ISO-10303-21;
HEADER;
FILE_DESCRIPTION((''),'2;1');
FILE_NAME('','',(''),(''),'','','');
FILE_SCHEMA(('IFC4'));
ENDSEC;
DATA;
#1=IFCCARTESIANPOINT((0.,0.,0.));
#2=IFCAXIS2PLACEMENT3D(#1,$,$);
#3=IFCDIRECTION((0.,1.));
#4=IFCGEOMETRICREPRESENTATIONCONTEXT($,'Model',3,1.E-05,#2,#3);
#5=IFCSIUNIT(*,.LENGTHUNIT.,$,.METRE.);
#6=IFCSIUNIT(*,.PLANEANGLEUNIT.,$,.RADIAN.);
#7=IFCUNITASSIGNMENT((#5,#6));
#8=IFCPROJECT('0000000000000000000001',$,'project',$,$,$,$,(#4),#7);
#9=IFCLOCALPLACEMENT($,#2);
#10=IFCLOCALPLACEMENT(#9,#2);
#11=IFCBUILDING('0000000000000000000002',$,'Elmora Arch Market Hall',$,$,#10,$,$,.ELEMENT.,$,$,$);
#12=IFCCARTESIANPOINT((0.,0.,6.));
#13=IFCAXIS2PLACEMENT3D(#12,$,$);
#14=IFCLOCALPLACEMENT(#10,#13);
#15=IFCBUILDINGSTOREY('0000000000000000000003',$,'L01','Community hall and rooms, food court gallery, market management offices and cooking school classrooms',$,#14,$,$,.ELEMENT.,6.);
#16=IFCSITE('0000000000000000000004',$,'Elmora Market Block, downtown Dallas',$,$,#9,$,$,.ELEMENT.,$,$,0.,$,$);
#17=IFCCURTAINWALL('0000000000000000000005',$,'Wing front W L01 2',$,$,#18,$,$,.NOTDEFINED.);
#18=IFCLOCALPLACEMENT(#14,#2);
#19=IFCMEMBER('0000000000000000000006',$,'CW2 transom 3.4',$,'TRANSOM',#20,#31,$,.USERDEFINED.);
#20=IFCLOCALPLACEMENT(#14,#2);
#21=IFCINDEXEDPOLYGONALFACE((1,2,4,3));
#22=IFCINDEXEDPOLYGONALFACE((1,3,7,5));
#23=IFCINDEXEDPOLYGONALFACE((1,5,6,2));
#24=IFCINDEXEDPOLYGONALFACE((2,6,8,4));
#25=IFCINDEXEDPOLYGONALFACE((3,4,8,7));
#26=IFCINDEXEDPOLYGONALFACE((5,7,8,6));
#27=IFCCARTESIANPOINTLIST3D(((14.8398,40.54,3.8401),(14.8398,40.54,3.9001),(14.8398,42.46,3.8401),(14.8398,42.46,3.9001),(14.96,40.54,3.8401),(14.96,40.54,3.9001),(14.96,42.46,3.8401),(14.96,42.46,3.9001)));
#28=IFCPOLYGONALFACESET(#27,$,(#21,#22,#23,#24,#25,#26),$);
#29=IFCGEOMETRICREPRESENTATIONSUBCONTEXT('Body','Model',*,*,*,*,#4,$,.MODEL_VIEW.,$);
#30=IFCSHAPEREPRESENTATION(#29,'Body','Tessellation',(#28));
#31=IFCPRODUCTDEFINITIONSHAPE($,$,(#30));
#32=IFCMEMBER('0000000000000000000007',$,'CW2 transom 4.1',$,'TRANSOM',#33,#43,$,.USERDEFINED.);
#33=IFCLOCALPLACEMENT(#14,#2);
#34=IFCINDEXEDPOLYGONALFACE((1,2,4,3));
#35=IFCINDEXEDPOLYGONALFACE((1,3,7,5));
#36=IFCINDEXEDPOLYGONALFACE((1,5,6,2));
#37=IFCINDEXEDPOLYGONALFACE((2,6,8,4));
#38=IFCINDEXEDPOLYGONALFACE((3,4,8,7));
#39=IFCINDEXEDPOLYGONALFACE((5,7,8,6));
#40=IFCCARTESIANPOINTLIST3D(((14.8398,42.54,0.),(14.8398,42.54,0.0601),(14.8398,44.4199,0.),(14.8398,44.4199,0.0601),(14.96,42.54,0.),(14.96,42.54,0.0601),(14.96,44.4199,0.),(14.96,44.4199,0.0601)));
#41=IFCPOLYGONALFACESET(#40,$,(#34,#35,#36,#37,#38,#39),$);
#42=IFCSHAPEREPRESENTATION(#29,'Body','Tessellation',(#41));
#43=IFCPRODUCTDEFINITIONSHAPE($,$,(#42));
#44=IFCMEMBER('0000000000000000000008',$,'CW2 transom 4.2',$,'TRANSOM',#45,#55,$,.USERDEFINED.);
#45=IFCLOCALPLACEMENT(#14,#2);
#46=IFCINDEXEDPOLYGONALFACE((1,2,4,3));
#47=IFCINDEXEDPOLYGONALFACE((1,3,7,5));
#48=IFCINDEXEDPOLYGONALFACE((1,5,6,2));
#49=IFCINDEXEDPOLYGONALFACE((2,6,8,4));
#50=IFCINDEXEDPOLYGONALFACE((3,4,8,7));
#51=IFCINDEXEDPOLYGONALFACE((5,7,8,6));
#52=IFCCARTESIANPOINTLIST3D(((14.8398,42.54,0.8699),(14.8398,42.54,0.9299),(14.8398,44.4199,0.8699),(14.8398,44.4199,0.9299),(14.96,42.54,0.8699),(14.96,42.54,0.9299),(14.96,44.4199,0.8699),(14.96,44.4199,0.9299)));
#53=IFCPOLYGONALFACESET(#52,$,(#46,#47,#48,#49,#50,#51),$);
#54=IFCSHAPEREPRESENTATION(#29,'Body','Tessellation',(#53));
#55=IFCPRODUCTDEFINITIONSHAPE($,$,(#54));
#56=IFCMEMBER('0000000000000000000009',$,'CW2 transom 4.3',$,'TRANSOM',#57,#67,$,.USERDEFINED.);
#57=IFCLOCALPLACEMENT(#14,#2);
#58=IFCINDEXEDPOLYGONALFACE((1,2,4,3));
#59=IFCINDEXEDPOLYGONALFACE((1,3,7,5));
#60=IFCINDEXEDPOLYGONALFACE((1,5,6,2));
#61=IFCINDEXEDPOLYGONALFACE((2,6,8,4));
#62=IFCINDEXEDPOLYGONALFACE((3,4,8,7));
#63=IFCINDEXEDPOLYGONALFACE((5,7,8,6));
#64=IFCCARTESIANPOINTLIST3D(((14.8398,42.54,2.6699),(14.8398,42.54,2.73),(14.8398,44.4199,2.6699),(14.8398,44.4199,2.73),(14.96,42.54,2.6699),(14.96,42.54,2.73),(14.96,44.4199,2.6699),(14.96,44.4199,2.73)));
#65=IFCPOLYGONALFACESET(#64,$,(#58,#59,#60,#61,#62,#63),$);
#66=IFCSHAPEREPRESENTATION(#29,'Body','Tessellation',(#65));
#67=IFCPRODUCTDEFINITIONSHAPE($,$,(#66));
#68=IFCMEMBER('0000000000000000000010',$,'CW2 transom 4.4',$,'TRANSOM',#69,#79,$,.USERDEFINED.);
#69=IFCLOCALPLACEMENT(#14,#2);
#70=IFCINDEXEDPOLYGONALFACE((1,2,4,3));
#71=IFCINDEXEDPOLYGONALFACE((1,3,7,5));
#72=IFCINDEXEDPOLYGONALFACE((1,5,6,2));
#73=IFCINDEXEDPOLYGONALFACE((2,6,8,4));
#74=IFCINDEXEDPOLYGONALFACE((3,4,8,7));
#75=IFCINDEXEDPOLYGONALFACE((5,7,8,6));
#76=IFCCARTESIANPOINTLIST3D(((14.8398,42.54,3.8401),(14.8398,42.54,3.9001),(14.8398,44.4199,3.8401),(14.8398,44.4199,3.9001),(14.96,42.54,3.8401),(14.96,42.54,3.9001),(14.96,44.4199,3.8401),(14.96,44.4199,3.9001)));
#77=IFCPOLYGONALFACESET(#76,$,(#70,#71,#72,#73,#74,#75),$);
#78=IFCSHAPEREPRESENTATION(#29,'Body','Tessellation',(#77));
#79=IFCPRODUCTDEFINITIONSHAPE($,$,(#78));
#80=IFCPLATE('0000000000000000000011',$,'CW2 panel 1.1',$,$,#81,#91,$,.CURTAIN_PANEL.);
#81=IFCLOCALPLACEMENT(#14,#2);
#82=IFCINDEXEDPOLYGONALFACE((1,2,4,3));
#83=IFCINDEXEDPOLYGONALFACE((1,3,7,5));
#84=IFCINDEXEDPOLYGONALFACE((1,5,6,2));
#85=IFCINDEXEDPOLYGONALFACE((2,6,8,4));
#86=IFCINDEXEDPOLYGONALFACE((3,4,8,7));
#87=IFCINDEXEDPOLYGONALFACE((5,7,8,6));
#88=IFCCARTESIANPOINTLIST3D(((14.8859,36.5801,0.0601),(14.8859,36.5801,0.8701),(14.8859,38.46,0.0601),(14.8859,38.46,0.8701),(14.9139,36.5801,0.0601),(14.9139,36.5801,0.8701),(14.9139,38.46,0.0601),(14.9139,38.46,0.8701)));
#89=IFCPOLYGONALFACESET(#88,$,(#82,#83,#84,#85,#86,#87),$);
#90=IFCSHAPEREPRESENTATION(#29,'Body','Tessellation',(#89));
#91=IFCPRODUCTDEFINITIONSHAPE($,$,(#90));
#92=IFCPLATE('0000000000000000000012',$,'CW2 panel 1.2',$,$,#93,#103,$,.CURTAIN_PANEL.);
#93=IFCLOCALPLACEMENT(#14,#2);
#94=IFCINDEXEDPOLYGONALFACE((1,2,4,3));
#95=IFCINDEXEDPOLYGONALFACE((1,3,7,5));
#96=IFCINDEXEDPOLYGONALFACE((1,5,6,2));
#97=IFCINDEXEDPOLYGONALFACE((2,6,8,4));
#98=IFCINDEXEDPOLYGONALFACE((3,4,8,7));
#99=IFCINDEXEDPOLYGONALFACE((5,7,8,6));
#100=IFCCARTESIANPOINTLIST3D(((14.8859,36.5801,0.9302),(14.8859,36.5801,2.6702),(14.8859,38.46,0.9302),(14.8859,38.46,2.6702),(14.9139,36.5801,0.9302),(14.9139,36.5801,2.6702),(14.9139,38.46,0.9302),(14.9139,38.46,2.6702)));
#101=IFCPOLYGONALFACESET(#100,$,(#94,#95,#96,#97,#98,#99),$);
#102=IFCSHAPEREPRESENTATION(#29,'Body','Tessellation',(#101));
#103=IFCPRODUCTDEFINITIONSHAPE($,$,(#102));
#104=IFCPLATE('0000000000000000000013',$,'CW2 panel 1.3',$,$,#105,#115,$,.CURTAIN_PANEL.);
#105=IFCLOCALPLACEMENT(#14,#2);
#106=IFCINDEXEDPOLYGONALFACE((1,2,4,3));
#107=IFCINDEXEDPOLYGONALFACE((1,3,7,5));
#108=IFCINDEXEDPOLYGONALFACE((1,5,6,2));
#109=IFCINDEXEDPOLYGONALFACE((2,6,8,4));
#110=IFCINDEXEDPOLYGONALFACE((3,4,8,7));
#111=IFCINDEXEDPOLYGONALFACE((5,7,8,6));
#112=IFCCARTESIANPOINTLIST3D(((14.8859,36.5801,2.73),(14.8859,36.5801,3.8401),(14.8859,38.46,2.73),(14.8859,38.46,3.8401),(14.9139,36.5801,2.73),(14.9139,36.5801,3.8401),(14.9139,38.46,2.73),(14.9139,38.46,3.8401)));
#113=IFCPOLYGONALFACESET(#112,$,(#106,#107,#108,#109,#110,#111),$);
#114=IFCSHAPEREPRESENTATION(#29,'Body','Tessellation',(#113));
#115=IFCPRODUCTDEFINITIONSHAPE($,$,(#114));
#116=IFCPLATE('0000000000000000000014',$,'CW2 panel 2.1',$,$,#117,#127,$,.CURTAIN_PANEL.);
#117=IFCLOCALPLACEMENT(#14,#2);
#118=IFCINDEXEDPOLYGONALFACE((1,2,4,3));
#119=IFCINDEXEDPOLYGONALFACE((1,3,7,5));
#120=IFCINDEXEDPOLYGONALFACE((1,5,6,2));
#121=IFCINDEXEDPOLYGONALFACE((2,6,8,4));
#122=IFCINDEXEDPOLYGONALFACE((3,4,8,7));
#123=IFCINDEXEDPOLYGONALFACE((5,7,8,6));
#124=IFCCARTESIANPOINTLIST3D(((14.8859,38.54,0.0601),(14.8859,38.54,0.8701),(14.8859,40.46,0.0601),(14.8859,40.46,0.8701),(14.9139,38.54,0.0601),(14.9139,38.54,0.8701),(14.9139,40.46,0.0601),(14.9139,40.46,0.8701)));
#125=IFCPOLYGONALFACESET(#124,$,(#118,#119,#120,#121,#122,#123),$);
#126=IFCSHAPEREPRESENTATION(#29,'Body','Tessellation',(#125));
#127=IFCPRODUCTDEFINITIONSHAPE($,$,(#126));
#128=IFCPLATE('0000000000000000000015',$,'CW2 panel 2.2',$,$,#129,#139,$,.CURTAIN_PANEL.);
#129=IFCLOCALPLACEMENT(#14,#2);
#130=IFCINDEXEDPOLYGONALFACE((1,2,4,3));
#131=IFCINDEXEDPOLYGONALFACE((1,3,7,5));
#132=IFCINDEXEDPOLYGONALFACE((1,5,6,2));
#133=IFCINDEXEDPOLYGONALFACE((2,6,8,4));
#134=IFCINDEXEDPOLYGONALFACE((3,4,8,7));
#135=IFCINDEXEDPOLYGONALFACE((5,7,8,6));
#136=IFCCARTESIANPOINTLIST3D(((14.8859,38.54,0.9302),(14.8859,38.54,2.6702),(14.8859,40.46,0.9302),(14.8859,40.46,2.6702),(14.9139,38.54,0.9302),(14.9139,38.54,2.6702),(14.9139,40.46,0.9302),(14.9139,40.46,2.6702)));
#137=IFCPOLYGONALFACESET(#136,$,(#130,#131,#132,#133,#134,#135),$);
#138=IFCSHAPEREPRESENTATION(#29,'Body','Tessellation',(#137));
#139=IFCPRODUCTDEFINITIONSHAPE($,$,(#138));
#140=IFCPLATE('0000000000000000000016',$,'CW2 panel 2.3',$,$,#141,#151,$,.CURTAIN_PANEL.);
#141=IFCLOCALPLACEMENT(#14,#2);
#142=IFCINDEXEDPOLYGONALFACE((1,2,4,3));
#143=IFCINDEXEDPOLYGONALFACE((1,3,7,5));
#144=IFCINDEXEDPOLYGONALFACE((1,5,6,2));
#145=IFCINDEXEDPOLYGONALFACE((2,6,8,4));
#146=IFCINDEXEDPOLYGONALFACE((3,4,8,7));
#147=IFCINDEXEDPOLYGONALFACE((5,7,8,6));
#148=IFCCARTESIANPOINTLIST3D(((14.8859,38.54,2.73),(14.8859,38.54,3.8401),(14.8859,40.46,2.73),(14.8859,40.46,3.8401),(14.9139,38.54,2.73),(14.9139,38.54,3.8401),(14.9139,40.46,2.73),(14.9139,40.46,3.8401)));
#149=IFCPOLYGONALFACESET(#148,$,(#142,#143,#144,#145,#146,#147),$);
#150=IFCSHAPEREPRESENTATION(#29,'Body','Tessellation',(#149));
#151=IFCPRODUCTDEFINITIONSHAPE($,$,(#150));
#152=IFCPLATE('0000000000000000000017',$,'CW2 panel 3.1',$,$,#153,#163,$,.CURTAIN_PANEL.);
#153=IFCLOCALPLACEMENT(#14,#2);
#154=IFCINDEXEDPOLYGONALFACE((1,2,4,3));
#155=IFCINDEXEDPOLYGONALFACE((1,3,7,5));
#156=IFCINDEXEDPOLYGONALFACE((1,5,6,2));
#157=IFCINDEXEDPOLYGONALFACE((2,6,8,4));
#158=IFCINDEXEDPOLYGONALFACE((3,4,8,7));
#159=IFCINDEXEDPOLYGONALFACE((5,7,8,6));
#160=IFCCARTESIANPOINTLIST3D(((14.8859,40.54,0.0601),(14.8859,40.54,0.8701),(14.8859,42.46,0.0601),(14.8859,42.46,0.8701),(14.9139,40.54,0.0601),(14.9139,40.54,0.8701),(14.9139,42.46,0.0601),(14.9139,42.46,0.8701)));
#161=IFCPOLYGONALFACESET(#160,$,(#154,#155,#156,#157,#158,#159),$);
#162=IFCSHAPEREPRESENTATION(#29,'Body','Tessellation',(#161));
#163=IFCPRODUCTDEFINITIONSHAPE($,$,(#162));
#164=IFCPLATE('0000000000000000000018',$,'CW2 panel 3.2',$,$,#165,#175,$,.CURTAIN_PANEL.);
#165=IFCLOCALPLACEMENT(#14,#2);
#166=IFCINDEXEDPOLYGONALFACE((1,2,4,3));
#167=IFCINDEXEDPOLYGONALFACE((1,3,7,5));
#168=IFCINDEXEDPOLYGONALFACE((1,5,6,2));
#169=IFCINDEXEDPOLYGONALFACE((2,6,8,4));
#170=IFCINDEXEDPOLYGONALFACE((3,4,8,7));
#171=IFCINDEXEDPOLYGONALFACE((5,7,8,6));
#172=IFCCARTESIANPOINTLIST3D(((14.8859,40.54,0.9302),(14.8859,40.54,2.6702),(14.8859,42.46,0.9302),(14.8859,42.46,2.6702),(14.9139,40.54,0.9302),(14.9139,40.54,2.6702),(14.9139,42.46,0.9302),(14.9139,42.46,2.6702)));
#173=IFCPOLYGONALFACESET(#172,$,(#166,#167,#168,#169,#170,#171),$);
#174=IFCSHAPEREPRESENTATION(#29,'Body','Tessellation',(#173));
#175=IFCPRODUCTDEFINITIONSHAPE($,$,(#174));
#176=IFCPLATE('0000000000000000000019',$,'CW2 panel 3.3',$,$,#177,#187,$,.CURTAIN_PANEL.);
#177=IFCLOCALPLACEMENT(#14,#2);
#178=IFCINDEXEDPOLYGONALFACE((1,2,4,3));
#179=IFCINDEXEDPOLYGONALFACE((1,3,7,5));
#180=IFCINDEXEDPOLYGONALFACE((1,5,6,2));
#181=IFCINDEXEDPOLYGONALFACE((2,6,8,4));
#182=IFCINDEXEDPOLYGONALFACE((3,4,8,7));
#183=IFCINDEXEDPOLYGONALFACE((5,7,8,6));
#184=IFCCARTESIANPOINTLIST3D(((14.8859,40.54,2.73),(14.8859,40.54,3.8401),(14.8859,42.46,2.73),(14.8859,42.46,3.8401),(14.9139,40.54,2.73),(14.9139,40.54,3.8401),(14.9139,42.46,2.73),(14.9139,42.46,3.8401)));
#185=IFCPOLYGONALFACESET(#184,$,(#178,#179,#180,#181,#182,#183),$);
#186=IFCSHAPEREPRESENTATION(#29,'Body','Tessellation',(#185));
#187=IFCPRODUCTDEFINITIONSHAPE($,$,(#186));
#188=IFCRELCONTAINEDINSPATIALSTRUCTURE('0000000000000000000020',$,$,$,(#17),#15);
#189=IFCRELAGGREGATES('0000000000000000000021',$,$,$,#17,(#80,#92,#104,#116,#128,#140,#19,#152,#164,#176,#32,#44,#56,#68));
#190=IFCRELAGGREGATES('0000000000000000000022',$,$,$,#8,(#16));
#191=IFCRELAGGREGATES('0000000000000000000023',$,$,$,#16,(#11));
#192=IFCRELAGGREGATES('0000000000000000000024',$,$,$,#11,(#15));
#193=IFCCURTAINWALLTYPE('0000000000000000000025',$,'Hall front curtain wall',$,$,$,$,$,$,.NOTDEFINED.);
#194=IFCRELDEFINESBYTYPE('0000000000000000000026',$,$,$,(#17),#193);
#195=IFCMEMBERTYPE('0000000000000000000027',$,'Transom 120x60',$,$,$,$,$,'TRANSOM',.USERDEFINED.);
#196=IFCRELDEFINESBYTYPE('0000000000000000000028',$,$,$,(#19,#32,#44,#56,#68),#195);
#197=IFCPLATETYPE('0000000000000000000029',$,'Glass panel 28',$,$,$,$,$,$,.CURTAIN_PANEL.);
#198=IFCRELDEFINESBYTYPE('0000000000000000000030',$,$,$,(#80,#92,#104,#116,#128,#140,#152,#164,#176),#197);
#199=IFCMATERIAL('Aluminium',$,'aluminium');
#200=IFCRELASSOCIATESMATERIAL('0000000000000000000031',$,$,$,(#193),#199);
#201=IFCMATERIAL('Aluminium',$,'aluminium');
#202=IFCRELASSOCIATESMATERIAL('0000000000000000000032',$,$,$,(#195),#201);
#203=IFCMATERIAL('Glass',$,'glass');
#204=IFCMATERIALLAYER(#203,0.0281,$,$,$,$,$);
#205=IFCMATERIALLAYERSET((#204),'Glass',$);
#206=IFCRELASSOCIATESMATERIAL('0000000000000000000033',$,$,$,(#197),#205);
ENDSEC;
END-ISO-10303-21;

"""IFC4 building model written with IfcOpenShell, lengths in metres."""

from ifc_helpers import new_model, si_unit, direction, frame, origin, origin_2d, place, context, subcontext, project, spatial, rectangle, extrude, material, layer, layer_set, material_profile, profile_set, type_object, element, aggregate, save


model = new_model("IFC4")

# Units and contexts
model_context = context("Model", 3, precision=1e-05, world=origin(), true_north=direction((0.0, 1.0)))
body_context = subcontext(model_context, "Body", "Model", "MODEL_VIEW")
ifc_project = project(units=[si_unit("LENGTHUNIT", "METRE"), si_unit("PLANEANGLEUNIT", "RADIAN")], contexts=[model_context])

# Site, building, storey
site_placement = place(None, origin())
site = spatial("IfcSite", under=ifc_project, at=site_placement, Name="Elmora Market Block, downtown Dallas", CompositionType="ELEMENT", RefElevation=0.0)
building_placement = place(site_placement, origin())
building = spatial("IfcBuilding", under=site, at=building_placement, Name="Elmora Arch Market Hall", CompositionType="ELEMENT")
storey_placement = place(building_placement, frame((0.0, 0.0, 6.0)))
storey = spatial("IfcBuildingStorey", under=building, at=storey_placement, Name="L01", Description="Community hall and rooms, food court gallery, market management offices and cooking school classrooms", CompositionType="ELEMENT", Elevation=6.0)

# Curtain wall, members, plates
ifc_material_1 = material(Name="Aluminium", Category="aluminium")
curtain_wall_type = type_object("IfcCurtainWallType", Name="Hall front curtain wall", PredefinedType="NOTDEFINED", material=ifc_material_1)
curtain_wall_placement = place(storey_placement, origin())
curtain_wall = element("IfcCurtainWall", 1, at=curtain_wall_placement, inside=storey, type_object=curtain_wall_type, Name="Wing front W L01 2", PredefinedType="NOTDEFINED")
ifc_material_2 = material(Name="Aluminium", Category="aluminium")
ifc_material_profile_1 = material_profile(ifc_material_2, rectangle(XDim=0.1201, YDim=0.0601, at=origin_2d()), Name="AL 120x60")
ifc_profile_set_1 = profile_set([ifc_material_profile_1], Name="Aluminium")
member_type_1 = type_object("IfcMemberType", Name="Transom 120x60", ElementType="TRANSOM", PredefinedType="USERDEFINED", material=ifc_profile_set_1)
member_1_placement = place(storey_placement, frame((14.8999, 40.54, 3.8701), z_axis=(0.0, 1.0, 0.0), x_axis=(-1.0, 0.0, 0.0)))
member_1 = element("IfcMember", 2, at=member_1_placement, type_object=member_type_1, Name="CW2 transom 3.4", ObjectType="TRANSOM", PredefinedType="USERDEFINED", context=body_context, shape_type="SweptSolid", body=[
    extrude(rectangle(XDim=0.1201, YDim=0.0601, at=origin_2d()), origin(), (0.0, 0.0, 1.0), 1.9199),
])
member_2_placement = place(storey_placement, frame((14.8999, 42.54, 0.03), z_axis=(0.0, 1.0, 0.0), x_axis=(-1.0, 0.0, 0.0)))
member_2 = element("IfcMember", 3, at=member_2_placement, type_object=member_type_1, Name="CW2 transom 4.1", ObjectType="TRANSOM", PredefinedType="USERDEFINED", context=body_context, shape_type="SweptSolid", body=[
    extrude(rectangle(XDim=0.1201, YDim=0.0601, at=origin_2d()), origin(), (0.0, 0.0, 1.0), 1.8799),
])
member_3_placement = place(storey_placement, frame((14.8999, 42.54, 0.8999), z_axis=(0.0, 1.0, 0.0), x_axis=(-1.0, 0.0, 0.0)))
member_3 = element("IfcMember", 4, at=member_3_placement, type_object=member_type_1, Name="CW2 transom 4.2", ObjectType="TRANSOM", PredefinedType="USERDEFINED", context=body_context, shape_type="SweptSolid", body=[
    extrude(rectangle(XDim=0.1201, YDim=0.0601, at=origin_2d()), origin(), (0.0, 0.0, 1.0), 1.8799),
])
member_4_placement = place(storey_placement, frame((14.8999, 42.54, 2.7), z_axis=(0.0, 1.0, 0.0), x_axis=(-1.0, 0.0, 0.0)))
member_4 = element("IfcMember", 5, at=member_4_placement, type_object=member_type_1, Name="CW2 transom 4.3", ObjectType="TRANSOM", PredefinedType="USERDEFINED", context=body_context, shape_type="SweptSolid", body=[
    extrude(rectangle(XDim=0.1201, YDim=0.0601, at=origin_2d()), origin(), (0.0, 0.0, 1.0), 1.8799),
])
member_5_placement = place(storey_placement, frame((14.8999, 42.54, 3.8701), z_axis=(0.0, 1.0, 0.0), x_axis=(-1.0, 0.0, 0.0)))
member_5 = element("IfcMember", 6, at=member_5_placement, type_object=member_type_1, Name="CW2 transom 4.4", ObjectType="TRANSOM", PredefinedType="USERDEFINED", context=body_context, shape_type="SweptSolid", body=[
    extrude(rectangle(XDim=0.1201, YDim=0.0601, at=origin_2d()), origin(), (0.0, 0.0, 1.0), 1.8799),
])
ifc_material_3 = material(Name="Glass", Category="glass")
ifc_layer = layer(ifc_material_3, 0.0281)
ifc_layer_set = layer_set([ifc_layer], Name="Glass")
plate_type = type_object("IfcPlateType", Name="Glass panel 28", PredefinedType="CURTAIN_PANEL", material=ifc_layer_set)
plate_1_placement = place(storey_placement, frame((14.8999, 37.52, 0.0601), z_axis=(0.0, 0.0, 1.0), x_axis=(0.0, 1.0, 0.0)))
plate_1 = element("IfcPlate", 7, at=plate_1_placement, type_object=plate_type, Name="CW2 panel 1.1", PredefinedType="CURTAIN_PANEL", context=body_context, shape_type="SweptSolid", body=[
    extrude(rectangle(XDim=1.8799, YDim=0.0281, at=origin_2d()), origin(), (0.0, 0.0, 1.0), 0.8101),
])
plate_2_placement = place(storey_placement, frame((14.8999, 37.52, 0.9302), z_axis=(0.0, 0.0, 1.0), x_axis=(0.0, 1.0, 0.0)))
plate_2 = element("IfcPlate", 8, at=plate_2_placement, type_object=plate_type, Name="CW2 panel 1.2", PredefinedType="CURTAIN_PANEL", context=body_context, shape_type="SweptSolid", body=[
    extrude(rectangle(XDim=1.8799, YDim=0.0281, at=origin_2d()), origin(), (0.0, 0.0, 1.0), 1.74),
])
plate_3_placement = place(storey_placement, frame((14.8999, 37.52, 2.73), z_axis=(0.0, 0.0, 1.0), x_axis=(0.0, 1.0, 0.0)))
plate_3 = element("IfcPlate", 9, at=plate_3_placement, type_object=plate_type, Name="CW2 panel 1.3", PredefinedType="CURTAIN_PANEL", context=body_context, shape_type="SweptSolid", body=[
    extrude(rectangle(XDim=1.8799, YDim=0.0281, at=origin_2d()), origin(), (0.0, 0.0, 1.0), 1.1101),
])
plate_4_placement = place(storey_placement, frame((14.8999, 39.5, 0.0601), z_axis=(0.0, 0.0, 1.0), x_axis=(0.0, 1.0, 0.0)))
plate_4 = element("IfcPlate", 10, at=plate_4_placement, type_object=plate_type, Name="CW2 panel 2.1", PredefinedType="CURTAIN_PANEL", context=body_context, shape_type="SweptSolid", body=[
    extrude(rectangle(XDim=1.9199, YDim=0.0281, at=origin_2d()), origin(), (0.0, 0.0, 1.0), 0.8101),
])
plate_5_placement = place(storey_placement, frame((14.8999, 39.5, 0.9302), z_axis=(0.0, 0.0, 1.0), x_axis=(0.0, 1.0, 0.0)))
plate_5 = element("IfcPlate", 11, at=plate_5_placement, type_object=plate_type, Name="CW2 panel 2.2", PredefinedType="CURTAIN_PANEL", context=body_context, shape_type="SweptSolid", body=[
    extrude(rectangle(XDim=1.9199, YDim=0.0281, at=origin_2d()), origin(), (0.0, 0.0, 1.0), 1.74),
])
plate_6_placement = place(storey_placement, frame((14.8999, 39.5, 2.73), z_axis=(0.0, 0.0, 1.0), x_axis=(0.0, 1.0, 0.0)))
plate_6 = element("IfcPlate", 12, at=plate_6_placement, type_object=plate_type, Name="CW2 panel 2.3", PredefinedType="CURTAIN_PANEL", context=body_context, shape_type="SweptSolid", body=[
    extrude(rectangle(XDim=1.9199, YDim=0.0281, at=origin_2d()), origin(), (0.0, 0.0, 1.0), 1.1101),
])
plate_7_placement = place(storey_placement, frame((14.8999, 41.5, 0.0601), z_axis=(0.0, 0.0, 1.0), x_axis=(0.0, 1.0, 0.0)))
plate_7 = element("IfcPlate", 13, at=plate_7_placement, type_object=plate_type, Name="CW2 panel 3.1", PredefinedType="CURTAIN_PANEL", context=body_context, shape_type="SweptSolid", body=[
    extrude(rectangle(XDim=1.9199, YDim=0.0281, at=origin_2d()), origin(), (0.0, 0.0, 1.0), 0.8101),
])
plate_8_placement = place(storey_placement, frame((14.8999, 41.5, 0.9302), z_axis=(0.0, 0.0, 1.0), x_axis=(0.0, 1.0, 0.0)))
plate_8 = element("IfcPlate", 14, at=plate_8_placement, type_object=plate_type, Name="CW2 panel 3.2", PredefinedType="CURTAIN_PANEL", context=body_context, shape_type="SweptSolid", body=[
    extrude(rectangle(XDim=1.9199, YDim=0.0281, at=origin_2d()), origin(), (0.0, 0.0, 1.0), 1.74),
])
plate_9_placement = place(storey_placement, frame((14.8999, 41.5, 2.73), z_axis=(0.0, 0.0, 1.0), x_axis=(0.0, 1.0, 0.0)))
plate_9 = element("IfcPlate", 15, at=plate_9_placement, type_object=plate_type, Name="CW2 panel 3.3", PredefinedType="CURTAIN_PANEL", context=body_context, shape_type="SweptSolid", body=[
    extrude(rectangle(XDim=1.9199, YDim=0.0281, at=origin_2d()), origin(), (0.0, 0.0, 1.0), 1.1101),
])
aggregate(curtain_wall, [plate_1, plate_2, plate_3, plate_4, plate_5, plate_6, member_1, plate_7, plate_8, plate_9, member_2, member_3, member_4, member_5])

save(model, "model.ifc")
